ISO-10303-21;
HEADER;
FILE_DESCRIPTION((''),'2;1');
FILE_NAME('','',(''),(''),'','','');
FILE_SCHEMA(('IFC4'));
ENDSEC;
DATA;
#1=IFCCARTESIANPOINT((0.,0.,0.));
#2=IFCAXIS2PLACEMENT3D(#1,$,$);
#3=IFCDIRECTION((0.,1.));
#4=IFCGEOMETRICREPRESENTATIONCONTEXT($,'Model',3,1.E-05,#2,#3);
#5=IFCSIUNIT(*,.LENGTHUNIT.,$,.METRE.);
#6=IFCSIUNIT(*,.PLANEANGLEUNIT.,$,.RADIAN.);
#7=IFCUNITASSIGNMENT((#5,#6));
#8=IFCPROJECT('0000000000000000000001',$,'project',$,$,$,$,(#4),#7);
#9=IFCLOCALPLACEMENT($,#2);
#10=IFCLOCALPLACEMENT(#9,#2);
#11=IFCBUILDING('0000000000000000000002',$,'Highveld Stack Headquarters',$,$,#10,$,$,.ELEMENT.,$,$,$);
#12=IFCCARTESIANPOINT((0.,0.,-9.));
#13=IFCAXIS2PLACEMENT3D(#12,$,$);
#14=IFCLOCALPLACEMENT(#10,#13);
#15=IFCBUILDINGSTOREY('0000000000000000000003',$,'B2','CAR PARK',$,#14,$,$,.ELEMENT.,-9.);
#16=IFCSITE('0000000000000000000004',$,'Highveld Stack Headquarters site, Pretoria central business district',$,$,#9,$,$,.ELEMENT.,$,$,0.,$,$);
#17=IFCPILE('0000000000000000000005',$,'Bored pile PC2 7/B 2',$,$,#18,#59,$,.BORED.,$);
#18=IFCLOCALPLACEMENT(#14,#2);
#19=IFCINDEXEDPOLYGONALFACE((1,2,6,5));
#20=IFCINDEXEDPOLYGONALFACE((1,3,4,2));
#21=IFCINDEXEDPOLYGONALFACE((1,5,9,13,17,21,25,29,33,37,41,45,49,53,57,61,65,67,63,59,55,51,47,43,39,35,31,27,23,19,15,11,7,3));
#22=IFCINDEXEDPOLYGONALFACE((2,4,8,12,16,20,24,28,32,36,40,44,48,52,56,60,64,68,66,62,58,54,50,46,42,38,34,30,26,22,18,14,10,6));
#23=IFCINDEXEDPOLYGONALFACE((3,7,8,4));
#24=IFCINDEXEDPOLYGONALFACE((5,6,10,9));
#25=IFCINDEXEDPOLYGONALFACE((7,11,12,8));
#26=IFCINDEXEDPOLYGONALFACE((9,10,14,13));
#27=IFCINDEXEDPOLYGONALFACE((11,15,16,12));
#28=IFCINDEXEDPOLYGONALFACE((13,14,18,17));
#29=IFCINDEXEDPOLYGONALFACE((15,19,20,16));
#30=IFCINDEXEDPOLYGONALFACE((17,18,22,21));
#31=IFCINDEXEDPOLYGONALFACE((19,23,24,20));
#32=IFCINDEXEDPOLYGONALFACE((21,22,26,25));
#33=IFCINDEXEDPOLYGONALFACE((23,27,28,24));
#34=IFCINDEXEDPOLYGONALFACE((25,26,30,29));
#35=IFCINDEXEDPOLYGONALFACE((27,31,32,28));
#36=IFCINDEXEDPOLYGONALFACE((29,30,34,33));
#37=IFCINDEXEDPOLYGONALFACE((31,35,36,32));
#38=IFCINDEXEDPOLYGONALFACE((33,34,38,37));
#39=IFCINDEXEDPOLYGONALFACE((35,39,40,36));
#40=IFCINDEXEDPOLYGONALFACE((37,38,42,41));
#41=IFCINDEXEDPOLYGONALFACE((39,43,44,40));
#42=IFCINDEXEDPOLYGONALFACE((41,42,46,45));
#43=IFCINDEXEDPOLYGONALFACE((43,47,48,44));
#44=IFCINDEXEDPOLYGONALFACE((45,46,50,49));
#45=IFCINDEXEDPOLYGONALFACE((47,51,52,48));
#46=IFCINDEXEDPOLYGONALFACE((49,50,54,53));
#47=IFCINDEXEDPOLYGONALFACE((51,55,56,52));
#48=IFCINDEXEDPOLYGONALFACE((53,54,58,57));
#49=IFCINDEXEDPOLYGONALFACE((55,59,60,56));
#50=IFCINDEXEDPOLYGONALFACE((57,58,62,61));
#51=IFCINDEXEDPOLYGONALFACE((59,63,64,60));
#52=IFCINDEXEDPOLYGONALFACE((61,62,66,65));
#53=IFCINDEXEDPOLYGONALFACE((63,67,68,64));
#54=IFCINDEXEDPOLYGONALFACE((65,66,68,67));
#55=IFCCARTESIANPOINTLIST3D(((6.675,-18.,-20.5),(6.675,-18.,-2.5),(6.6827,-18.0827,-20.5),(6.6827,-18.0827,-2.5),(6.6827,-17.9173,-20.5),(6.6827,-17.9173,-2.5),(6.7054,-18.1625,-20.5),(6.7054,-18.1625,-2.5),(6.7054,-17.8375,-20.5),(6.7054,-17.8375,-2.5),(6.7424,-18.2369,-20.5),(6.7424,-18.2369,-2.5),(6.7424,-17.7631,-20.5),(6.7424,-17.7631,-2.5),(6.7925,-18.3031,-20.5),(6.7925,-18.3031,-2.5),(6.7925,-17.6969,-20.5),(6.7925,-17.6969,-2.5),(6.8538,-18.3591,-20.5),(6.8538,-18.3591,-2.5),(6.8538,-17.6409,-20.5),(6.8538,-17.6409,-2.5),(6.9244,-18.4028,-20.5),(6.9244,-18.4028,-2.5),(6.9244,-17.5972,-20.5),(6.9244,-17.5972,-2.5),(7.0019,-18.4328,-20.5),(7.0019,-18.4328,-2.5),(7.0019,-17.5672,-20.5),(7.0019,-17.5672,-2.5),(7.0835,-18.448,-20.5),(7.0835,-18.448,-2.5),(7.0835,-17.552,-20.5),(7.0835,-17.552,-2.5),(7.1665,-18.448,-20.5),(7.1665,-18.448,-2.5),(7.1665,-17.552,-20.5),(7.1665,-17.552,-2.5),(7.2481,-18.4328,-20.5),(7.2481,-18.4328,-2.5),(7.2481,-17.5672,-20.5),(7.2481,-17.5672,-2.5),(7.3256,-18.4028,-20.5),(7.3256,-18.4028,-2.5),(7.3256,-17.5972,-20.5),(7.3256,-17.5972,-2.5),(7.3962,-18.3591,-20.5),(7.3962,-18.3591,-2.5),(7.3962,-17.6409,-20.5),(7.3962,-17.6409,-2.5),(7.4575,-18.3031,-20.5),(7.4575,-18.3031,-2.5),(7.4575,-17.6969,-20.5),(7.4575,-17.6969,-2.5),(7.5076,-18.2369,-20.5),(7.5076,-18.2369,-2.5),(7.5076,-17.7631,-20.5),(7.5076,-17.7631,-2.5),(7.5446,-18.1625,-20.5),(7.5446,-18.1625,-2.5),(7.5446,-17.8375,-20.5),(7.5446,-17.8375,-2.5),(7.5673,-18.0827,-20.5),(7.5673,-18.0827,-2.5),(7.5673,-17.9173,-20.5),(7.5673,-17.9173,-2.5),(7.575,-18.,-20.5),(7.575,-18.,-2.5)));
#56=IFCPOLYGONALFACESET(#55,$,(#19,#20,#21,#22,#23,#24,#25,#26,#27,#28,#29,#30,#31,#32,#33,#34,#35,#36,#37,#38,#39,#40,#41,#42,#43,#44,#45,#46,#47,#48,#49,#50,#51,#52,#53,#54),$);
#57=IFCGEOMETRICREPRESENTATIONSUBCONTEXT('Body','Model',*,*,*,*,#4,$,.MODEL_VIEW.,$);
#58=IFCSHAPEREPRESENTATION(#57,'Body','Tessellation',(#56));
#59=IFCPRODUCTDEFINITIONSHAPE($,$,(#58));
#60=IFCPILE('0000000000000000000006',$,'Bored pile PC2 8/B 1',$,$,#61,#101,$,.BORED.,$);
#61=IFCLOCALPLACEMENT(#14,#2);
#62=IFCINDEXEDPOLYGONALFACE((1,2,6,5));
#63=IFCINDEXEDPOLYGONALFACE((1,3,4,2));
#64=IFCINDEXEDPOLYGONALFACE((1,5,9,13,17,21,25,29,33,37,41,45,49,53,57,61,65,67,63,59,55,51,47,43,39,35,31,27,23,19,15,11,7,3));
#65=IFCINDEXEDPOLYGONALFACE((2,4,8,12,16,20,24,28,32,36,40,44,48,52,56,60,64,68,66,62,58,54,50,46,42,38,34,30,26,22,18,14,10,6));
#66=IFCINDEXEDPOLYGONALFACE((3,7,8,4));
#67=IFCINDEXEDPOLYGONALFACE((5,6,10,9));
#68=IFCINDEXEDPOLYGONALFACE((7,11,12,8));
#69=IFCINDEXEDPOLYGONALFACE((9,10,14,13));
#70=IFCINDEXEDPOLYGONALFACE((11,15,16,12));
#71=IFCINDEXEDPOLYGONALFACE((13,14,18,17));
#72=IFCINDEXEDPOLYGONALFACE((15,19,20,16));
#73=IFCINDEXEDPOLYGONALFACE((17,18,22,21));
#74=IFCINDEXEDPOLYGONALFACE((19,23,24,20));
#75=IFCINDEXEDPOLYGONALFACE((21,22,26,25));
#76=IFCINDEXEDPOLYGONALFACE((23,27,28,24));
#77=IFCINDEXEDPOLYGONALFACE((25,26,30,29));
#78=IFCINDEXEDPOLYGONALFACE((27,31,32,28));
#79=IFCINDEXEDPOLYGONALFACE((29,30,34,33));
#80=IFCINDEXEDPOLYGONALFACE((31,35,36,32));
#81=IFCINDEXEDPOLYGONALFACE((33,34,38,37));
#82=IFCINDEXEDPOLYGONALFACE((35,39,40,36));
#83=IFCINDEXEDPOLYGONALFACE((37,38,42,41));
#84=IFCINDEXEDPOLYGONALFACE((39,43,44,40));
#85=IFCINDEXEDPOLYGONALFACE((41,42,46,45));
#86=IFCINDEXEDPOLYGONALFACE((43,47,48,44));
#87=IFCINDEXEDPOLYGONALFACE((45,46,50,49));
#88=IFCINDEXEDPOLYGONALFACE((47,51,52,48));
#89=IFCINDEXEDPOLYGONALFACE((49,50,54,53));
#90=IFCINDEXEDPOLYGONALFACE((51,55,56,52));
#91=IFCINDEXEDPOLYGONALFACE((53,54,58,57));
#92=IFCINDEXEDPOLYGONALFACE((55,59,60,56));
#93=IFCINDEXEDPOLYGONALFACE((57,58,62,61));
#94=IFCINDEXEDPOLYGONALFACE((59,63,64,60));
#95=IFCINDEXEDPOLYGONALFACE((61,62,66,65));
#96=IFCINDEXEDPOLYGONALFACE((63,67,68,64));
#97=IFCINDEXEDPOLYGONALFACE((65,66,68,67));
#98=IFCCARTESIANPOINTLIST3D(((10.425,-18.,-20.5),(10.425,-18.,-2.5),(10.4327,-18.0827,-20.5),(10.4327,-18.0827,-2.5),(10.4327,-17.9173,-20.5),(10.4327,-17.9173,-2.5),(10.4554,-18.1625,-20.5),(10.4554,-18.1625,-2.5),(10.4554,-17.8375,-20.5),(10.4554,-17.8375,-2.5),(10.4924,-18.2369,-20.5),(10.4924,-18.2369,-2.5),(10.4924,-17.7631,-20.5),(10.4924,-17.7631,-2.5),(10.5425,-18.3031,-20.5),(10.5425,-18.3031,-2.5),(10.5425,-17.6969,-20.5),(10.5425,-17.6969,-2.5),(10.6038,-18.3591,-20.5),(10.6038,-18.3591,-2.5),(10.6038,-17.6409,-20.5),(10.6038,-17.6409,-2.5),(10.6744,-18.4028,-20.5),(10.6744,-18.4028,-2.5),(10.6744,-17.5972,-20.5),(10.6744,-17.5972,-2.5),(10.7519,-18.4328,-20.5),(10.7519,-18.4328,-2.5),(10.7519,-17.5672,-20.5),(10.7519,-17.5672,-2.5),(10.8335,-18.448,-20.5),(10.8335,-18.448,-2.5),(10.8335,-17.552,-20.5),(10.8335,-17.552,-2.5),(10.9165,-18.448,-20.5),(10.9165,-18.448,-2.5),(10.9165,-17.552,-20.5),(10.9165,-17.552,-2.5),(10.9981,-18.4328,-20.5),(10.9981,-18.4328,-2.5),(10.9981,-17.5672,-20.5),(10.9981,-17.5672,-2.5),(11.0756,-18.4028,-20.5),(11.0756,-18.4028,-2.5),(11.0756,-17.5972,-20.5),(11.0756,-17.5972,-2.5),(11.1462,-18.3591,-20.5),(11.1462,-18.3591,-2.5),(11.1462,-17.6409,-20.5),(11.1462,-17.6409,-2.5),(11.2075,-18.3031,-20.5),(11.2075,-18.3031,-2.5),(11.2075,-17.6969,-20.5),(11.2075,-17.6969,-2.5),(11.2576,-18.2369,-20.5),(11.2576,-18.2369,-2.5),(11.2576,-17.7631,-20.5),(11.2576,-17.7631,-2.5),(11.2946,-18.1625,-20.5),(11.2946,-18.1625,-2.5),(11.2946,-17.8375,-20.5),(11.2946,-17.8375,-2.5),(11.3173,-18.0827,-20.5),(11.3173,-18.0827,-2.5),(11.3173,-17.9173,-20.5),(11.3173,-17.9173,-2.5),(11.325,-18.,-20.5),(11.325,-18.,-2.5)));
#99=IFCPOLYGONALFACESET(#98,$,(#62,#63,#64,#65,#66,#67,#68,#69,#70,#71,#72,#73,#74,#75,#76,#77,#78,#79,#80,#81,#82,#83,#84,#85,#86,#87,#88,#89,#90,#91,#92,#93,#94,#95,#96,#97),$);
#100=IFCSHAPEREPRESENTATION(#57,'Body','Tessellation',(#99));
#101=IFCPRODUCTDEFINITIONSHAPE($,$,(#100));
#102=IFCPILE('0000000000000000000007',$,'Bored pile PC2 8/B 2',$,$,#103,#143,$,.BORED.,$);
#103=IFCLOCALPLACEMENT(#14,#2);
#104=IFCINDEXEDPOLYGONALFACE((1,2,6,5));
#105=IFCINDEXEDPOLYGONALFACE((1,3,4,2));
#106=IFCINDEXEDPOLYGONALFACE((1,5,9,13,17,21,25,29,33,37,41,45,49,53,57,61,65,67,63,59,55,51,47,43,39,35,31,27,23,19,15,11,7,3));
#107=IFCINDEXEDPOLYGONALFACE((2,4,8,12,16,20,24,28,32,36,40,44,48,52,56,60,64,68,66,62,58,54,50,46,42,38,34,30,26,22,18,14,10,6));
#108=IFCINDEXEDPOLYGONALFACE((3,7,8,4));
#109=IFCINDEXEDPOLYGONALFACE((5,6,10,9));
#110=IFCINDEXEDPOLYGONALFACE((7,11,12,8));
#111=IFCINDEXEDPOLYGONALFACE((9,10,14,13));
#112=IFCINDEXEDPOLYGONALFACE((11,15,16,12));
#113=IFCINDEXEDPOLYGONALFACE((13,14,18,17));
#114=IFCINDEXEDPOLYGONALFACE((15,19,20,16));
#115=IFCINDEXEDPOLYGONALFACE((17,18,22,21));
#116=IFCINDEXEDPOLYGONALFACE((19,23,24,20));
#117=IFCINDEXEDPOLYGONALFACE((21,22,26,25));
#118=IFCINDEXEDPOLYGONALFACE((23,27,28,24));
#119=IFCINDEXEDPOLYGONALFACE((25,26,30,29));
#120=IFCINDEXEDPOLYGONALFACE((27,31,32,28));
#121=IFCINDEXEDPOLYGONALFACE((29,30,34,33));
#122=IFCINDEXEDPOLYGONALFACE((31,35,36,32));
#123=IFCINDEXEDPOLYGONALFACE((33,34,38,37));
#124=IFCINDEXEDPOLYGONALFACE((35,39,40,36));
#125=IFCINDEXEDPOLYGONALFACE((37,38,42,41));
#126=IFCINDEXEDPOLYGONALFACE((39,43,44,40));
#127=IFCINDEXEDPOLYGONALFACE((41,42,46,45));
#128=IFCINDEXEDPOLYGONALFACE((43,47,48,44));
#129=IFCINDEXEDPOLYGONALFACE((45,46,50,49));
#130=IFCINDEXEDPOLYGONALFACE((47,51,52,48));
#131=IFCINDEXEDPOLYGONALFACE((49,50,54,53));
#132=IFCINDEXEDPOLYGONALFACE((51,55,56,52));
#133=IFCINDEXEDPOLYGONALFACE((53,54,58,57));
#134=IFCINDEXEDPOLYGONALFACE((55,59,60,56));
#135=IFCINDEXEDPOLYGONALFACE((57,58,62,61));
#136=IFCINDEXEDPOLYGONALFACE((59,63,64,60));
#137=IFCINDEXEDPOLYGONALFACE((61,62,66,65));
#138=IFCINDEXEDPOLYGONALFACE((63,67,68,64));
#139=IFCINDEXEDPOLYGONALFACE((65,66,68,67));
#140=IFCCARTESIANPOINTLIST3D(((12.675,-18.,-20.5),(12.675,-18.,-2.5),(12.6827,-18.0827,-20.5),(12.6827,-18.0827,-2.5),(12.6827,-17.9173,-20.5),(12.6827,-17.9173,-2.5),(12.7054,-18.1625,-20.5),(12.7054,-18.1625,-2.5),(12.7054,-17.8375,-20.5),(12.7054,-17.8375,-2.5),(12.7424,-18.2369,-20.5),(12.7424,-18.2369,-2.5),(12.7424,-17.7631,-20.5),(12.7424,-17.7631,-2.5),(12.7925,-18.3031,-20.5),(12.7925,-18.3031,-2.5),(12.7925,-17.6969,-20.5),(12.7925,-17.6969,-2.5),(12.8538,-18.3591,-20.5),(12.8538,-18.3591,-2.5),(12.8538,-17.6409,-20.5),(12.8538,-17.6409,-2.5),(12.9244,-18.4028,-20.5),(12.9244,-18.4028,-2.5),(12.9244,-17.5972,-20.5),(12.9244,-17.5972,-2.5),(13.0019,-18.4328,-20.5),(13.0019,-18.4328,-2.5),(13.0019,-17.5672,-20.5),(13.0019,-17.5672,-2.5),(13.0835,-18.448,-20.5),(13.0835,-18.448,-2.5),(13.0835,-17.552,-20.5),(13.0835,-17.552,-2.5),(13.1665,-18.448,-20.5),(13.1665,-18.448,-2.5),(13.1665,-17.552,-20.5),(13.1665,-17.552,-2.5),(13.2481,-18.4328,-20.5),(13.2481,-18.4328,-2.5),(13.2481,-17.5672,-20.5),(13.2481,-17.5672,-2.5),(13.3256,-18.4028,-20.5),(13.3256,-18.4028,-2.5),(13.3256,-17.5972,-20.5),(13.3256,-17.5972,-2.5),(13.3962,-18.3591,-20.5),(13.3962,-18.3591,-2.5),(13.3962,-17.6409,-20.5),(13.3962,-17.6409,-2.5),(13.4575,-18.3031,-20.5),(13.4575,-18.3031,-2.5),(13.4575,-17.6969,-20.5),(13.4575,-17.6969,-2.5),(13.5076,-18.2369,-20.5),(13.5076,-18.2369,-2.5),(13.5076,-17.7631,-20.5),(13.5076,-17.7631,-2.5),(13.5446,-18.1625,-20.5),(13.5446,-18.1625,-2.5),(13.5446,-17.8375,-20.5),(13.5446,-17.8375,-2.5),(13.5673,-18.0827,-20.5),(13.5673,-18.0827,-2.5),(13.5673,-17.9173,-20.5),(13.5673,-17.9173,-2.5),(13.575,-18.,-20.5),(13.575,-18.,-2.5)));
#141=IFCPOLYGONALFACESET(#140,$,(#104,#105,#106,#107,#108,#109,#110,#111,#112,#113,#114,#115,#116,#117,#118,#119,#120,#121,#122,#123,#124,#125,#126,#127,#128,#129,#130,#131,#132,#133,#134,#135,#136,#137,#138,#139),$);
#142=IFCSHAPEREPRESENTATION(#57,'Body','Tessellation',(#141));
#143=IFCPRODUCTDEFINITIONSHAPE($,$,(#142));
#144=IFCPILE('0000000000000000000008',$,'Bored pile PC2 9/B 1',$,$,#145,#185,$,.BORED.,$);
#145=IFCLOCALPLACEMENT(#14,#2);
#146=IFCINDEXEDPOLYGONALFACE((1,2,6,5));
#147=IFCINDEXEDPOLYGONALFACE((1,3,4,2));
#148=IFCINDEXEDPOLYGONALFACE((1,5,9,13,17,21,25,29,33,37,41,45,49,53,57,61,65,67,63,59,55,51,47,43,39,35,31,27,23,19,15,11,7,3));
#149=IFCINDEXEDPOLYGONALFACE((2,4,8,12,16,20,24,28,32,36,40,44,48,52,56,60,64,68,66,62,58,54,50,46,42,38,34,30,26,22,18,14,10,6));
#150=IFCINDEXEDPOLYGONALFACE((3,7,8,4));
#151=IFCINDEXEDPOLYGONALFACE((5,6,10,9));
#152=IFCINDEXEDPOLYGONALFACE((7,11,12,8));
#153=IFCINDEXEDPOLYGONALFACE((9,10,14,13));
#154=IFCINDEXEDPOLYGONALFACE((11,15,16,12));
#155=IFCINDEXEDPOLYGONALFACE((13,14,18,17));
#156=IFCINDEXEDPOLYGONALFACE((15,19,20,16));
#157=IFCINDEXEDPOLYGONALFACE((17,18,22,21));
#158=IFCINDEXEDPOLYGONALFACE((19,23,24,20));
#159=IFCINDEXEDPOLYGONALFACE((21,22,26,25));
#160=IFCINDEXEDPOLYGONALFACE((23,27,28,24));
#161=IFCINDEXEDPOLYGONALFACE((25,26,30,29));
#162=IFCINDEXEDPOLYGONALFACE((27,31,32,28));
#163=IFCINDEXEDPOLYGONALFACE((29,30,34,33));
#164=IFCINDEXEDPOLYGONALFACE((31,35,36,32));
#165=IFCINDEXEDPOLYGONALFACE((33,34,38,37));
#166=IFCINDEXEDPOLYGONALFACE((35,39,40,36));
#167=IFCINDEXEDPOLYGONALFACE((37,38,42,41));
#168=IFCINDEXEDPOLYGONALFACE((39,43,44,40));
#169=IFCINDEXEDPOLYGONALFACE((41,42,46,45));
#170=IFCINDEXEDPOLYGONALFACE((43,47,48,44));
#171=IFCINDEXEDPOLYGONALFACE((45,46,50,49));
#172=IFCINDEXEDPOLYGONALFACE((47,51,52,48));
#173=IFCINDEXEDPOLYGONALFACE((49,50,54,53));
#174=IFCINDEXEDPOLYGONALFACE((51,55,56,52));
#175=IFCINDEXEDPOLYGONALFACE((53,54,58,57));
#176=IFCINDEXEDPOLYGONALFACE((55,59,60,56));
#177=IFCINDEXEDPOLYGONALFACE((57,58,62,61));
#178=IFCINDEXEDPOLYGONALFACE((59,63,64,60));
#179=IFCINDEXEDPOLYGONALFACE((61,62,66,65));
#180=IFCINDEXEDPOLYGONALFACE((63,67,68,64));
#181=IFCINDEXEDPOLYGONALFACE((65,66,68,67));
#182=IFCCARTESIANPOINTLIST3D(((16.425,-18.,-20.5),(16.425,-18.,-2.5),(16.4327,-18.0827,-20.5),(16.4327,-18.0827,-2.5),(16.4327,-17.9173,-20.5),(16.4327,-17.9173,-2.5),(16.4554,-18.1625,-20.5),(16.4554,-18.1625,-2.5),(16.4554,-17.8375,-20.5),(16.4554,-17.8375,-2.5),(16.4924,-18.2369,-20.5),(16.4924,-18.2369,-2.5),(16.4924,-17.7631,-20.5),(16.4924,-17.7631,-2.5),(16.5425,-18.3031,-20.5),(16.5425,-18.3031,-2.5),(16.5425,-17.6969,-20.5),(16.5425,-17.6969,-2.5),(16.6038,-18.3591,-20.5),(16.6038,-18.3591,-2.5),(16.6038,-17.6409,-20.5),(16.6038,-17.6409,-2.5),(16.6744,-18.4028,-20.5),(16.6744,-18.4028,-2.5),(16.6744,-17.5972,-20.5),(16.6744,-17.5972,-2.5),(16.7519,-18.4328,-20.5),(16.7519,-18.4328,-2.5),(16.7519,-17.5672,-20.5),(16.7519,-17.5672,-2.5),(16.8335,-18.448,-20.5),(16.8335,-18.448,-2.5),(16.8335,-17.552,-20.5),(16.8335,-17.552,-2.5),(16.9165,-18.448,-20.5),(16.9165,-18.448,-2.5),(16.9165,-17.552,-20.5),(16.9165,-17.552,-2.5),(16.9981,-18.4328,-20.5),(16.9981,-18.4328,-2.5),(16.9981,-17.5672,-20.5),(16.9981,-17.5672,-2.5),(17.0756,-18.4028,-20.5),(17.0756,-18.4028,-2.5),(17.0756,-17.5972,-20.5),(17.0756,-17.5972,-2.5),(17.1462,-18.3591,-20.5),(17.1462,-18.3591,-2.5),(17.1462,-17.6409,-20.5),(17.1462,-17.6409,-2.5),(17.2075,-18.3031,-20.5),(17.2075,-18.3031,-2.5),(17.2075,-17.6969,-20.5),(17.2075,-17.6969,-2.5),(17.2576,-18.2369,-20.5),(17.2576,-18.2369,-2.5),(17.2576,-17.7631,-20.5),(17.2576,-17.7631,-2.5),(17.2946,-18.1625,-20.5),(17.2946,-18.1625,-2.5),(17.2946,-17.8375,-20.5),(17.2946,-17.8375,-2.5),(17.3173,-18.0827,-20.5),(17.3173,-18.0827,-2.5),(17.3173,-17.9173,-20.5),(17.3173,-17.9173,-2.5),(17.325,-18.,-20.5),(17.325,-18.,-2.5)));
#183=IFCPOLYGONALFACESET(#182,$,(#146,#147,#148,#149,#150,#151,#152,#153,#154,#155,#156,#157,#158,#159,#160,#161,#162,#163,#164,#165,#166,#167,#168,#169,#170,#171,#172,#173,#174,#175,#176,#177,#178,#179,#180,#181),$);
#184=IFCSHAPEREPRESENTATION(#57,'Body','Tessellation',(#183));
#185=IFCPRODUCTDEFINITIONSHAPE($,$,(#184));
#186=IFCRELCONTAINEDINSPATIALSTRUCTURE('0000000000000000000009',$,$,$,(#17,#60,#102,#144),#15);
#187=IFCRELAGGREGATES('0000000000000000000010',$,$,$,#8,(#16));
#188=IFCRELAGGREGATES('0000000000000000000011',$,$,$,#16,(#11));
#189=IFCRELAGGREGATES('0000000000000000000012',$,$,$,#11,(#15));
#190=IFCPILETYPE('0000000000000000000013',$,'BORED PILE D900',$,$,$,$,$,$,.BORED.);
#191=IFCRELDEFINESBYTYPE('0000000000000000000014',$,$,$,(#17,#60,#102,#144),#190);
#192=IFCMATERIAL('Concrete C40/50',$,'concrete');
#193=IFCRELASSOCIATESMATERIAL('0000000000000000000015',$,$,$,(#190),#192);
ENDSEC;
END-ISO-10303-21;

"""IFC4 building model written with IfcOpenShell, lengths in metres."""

from ifc_helpers import new_model, si_unit, direction, frame, origin, origin_2d, place, context, subcontext, project, spatial, circle, extrude, material, type_object, element, save


model = new_model("IFC4")

# Units and contexts
model_context = context("Model", 3, precision=1e-05, world=origin(), true_north=direction((0.0, 1.0)))
body_context = subcontext(model_context, "Body", "Model", "MODEL_VIEW")
ifc_project = project(units=[si_unit("LENGTHUNIT", "METRE"), si_unit("PLANEANGLEUNIT", "RADIAN")], contexts=[model_context])

# Site, building, storey
site_placement = place(None, origin())
site = spatial("IfcSite", under=ifc_project, at=site_placement, Name="Highveld Stack Headquarters site, Pretoria central business district", CompositionType="ELEMENT", RefElevation=0.0)
building_placement = place(site_placement, origin())
building = spatial("IfcBuilding", under=site, at=building_placement, Name="Highveld Stack Headquarters", CompositionType="ELEMENT")
storey_placement = place(building_placement, frame((0.0, 0.0, -9.0)))
storey = spatial("IfcBuildingStorey", under=building, at=storey_placement, Name="B2", Description="CAR PARK", CompositionType="ELEMENT", Elevation=-9.0)

# Piles
ifc_material_1 = material(Name="Concrete C40/50", Category="concrete")
pile_type_1 = type_object("IfcPileType", Name="BORED PILE D900", PredefinedType="BORED", material=ifc_material_1)
for number, where, z_axis, x_axis, name in (
    (1, (7.125, -18.0, -2.5), (0.0, 0.0, -1.0), (1.0, 0.0, 0.0), "Bored pile PC2 7/B 2"),
    (2, (10.875, -18.0, -2.5), (0.0, 0.0, -1.0), (1.0, 0.0, 0.0), "Bored pile PC2 8/B 1"),
    (3, (13.125, -18.0, -2.5), (0.0, 0.0, -1.0), (1.0, 0.0, 0.0), "Bored pile PC2 8/B 2"),
    (4, (16.875, -18.0, -2.5), (0.0, 0.0, -1.0), (1.0, 0.0, 0.0), "Bored pile PC2 9/B 1"),
):
    element("IfcPile", number, at=place(storey_placement, frame(where, z_axis=z_axis, x_axis=x_axis)), inside=storey, type_object=pile_type_1, Name=name, PredefinedType="BORED", context=body_context, shape_type="SweptSolid", body=[
        extrude(circle(Radius=0.45, at=origin_2d()), origin(), (0.0, 0.0, 1.0), 18.0),
    ])

save(model, "model.ifc")
